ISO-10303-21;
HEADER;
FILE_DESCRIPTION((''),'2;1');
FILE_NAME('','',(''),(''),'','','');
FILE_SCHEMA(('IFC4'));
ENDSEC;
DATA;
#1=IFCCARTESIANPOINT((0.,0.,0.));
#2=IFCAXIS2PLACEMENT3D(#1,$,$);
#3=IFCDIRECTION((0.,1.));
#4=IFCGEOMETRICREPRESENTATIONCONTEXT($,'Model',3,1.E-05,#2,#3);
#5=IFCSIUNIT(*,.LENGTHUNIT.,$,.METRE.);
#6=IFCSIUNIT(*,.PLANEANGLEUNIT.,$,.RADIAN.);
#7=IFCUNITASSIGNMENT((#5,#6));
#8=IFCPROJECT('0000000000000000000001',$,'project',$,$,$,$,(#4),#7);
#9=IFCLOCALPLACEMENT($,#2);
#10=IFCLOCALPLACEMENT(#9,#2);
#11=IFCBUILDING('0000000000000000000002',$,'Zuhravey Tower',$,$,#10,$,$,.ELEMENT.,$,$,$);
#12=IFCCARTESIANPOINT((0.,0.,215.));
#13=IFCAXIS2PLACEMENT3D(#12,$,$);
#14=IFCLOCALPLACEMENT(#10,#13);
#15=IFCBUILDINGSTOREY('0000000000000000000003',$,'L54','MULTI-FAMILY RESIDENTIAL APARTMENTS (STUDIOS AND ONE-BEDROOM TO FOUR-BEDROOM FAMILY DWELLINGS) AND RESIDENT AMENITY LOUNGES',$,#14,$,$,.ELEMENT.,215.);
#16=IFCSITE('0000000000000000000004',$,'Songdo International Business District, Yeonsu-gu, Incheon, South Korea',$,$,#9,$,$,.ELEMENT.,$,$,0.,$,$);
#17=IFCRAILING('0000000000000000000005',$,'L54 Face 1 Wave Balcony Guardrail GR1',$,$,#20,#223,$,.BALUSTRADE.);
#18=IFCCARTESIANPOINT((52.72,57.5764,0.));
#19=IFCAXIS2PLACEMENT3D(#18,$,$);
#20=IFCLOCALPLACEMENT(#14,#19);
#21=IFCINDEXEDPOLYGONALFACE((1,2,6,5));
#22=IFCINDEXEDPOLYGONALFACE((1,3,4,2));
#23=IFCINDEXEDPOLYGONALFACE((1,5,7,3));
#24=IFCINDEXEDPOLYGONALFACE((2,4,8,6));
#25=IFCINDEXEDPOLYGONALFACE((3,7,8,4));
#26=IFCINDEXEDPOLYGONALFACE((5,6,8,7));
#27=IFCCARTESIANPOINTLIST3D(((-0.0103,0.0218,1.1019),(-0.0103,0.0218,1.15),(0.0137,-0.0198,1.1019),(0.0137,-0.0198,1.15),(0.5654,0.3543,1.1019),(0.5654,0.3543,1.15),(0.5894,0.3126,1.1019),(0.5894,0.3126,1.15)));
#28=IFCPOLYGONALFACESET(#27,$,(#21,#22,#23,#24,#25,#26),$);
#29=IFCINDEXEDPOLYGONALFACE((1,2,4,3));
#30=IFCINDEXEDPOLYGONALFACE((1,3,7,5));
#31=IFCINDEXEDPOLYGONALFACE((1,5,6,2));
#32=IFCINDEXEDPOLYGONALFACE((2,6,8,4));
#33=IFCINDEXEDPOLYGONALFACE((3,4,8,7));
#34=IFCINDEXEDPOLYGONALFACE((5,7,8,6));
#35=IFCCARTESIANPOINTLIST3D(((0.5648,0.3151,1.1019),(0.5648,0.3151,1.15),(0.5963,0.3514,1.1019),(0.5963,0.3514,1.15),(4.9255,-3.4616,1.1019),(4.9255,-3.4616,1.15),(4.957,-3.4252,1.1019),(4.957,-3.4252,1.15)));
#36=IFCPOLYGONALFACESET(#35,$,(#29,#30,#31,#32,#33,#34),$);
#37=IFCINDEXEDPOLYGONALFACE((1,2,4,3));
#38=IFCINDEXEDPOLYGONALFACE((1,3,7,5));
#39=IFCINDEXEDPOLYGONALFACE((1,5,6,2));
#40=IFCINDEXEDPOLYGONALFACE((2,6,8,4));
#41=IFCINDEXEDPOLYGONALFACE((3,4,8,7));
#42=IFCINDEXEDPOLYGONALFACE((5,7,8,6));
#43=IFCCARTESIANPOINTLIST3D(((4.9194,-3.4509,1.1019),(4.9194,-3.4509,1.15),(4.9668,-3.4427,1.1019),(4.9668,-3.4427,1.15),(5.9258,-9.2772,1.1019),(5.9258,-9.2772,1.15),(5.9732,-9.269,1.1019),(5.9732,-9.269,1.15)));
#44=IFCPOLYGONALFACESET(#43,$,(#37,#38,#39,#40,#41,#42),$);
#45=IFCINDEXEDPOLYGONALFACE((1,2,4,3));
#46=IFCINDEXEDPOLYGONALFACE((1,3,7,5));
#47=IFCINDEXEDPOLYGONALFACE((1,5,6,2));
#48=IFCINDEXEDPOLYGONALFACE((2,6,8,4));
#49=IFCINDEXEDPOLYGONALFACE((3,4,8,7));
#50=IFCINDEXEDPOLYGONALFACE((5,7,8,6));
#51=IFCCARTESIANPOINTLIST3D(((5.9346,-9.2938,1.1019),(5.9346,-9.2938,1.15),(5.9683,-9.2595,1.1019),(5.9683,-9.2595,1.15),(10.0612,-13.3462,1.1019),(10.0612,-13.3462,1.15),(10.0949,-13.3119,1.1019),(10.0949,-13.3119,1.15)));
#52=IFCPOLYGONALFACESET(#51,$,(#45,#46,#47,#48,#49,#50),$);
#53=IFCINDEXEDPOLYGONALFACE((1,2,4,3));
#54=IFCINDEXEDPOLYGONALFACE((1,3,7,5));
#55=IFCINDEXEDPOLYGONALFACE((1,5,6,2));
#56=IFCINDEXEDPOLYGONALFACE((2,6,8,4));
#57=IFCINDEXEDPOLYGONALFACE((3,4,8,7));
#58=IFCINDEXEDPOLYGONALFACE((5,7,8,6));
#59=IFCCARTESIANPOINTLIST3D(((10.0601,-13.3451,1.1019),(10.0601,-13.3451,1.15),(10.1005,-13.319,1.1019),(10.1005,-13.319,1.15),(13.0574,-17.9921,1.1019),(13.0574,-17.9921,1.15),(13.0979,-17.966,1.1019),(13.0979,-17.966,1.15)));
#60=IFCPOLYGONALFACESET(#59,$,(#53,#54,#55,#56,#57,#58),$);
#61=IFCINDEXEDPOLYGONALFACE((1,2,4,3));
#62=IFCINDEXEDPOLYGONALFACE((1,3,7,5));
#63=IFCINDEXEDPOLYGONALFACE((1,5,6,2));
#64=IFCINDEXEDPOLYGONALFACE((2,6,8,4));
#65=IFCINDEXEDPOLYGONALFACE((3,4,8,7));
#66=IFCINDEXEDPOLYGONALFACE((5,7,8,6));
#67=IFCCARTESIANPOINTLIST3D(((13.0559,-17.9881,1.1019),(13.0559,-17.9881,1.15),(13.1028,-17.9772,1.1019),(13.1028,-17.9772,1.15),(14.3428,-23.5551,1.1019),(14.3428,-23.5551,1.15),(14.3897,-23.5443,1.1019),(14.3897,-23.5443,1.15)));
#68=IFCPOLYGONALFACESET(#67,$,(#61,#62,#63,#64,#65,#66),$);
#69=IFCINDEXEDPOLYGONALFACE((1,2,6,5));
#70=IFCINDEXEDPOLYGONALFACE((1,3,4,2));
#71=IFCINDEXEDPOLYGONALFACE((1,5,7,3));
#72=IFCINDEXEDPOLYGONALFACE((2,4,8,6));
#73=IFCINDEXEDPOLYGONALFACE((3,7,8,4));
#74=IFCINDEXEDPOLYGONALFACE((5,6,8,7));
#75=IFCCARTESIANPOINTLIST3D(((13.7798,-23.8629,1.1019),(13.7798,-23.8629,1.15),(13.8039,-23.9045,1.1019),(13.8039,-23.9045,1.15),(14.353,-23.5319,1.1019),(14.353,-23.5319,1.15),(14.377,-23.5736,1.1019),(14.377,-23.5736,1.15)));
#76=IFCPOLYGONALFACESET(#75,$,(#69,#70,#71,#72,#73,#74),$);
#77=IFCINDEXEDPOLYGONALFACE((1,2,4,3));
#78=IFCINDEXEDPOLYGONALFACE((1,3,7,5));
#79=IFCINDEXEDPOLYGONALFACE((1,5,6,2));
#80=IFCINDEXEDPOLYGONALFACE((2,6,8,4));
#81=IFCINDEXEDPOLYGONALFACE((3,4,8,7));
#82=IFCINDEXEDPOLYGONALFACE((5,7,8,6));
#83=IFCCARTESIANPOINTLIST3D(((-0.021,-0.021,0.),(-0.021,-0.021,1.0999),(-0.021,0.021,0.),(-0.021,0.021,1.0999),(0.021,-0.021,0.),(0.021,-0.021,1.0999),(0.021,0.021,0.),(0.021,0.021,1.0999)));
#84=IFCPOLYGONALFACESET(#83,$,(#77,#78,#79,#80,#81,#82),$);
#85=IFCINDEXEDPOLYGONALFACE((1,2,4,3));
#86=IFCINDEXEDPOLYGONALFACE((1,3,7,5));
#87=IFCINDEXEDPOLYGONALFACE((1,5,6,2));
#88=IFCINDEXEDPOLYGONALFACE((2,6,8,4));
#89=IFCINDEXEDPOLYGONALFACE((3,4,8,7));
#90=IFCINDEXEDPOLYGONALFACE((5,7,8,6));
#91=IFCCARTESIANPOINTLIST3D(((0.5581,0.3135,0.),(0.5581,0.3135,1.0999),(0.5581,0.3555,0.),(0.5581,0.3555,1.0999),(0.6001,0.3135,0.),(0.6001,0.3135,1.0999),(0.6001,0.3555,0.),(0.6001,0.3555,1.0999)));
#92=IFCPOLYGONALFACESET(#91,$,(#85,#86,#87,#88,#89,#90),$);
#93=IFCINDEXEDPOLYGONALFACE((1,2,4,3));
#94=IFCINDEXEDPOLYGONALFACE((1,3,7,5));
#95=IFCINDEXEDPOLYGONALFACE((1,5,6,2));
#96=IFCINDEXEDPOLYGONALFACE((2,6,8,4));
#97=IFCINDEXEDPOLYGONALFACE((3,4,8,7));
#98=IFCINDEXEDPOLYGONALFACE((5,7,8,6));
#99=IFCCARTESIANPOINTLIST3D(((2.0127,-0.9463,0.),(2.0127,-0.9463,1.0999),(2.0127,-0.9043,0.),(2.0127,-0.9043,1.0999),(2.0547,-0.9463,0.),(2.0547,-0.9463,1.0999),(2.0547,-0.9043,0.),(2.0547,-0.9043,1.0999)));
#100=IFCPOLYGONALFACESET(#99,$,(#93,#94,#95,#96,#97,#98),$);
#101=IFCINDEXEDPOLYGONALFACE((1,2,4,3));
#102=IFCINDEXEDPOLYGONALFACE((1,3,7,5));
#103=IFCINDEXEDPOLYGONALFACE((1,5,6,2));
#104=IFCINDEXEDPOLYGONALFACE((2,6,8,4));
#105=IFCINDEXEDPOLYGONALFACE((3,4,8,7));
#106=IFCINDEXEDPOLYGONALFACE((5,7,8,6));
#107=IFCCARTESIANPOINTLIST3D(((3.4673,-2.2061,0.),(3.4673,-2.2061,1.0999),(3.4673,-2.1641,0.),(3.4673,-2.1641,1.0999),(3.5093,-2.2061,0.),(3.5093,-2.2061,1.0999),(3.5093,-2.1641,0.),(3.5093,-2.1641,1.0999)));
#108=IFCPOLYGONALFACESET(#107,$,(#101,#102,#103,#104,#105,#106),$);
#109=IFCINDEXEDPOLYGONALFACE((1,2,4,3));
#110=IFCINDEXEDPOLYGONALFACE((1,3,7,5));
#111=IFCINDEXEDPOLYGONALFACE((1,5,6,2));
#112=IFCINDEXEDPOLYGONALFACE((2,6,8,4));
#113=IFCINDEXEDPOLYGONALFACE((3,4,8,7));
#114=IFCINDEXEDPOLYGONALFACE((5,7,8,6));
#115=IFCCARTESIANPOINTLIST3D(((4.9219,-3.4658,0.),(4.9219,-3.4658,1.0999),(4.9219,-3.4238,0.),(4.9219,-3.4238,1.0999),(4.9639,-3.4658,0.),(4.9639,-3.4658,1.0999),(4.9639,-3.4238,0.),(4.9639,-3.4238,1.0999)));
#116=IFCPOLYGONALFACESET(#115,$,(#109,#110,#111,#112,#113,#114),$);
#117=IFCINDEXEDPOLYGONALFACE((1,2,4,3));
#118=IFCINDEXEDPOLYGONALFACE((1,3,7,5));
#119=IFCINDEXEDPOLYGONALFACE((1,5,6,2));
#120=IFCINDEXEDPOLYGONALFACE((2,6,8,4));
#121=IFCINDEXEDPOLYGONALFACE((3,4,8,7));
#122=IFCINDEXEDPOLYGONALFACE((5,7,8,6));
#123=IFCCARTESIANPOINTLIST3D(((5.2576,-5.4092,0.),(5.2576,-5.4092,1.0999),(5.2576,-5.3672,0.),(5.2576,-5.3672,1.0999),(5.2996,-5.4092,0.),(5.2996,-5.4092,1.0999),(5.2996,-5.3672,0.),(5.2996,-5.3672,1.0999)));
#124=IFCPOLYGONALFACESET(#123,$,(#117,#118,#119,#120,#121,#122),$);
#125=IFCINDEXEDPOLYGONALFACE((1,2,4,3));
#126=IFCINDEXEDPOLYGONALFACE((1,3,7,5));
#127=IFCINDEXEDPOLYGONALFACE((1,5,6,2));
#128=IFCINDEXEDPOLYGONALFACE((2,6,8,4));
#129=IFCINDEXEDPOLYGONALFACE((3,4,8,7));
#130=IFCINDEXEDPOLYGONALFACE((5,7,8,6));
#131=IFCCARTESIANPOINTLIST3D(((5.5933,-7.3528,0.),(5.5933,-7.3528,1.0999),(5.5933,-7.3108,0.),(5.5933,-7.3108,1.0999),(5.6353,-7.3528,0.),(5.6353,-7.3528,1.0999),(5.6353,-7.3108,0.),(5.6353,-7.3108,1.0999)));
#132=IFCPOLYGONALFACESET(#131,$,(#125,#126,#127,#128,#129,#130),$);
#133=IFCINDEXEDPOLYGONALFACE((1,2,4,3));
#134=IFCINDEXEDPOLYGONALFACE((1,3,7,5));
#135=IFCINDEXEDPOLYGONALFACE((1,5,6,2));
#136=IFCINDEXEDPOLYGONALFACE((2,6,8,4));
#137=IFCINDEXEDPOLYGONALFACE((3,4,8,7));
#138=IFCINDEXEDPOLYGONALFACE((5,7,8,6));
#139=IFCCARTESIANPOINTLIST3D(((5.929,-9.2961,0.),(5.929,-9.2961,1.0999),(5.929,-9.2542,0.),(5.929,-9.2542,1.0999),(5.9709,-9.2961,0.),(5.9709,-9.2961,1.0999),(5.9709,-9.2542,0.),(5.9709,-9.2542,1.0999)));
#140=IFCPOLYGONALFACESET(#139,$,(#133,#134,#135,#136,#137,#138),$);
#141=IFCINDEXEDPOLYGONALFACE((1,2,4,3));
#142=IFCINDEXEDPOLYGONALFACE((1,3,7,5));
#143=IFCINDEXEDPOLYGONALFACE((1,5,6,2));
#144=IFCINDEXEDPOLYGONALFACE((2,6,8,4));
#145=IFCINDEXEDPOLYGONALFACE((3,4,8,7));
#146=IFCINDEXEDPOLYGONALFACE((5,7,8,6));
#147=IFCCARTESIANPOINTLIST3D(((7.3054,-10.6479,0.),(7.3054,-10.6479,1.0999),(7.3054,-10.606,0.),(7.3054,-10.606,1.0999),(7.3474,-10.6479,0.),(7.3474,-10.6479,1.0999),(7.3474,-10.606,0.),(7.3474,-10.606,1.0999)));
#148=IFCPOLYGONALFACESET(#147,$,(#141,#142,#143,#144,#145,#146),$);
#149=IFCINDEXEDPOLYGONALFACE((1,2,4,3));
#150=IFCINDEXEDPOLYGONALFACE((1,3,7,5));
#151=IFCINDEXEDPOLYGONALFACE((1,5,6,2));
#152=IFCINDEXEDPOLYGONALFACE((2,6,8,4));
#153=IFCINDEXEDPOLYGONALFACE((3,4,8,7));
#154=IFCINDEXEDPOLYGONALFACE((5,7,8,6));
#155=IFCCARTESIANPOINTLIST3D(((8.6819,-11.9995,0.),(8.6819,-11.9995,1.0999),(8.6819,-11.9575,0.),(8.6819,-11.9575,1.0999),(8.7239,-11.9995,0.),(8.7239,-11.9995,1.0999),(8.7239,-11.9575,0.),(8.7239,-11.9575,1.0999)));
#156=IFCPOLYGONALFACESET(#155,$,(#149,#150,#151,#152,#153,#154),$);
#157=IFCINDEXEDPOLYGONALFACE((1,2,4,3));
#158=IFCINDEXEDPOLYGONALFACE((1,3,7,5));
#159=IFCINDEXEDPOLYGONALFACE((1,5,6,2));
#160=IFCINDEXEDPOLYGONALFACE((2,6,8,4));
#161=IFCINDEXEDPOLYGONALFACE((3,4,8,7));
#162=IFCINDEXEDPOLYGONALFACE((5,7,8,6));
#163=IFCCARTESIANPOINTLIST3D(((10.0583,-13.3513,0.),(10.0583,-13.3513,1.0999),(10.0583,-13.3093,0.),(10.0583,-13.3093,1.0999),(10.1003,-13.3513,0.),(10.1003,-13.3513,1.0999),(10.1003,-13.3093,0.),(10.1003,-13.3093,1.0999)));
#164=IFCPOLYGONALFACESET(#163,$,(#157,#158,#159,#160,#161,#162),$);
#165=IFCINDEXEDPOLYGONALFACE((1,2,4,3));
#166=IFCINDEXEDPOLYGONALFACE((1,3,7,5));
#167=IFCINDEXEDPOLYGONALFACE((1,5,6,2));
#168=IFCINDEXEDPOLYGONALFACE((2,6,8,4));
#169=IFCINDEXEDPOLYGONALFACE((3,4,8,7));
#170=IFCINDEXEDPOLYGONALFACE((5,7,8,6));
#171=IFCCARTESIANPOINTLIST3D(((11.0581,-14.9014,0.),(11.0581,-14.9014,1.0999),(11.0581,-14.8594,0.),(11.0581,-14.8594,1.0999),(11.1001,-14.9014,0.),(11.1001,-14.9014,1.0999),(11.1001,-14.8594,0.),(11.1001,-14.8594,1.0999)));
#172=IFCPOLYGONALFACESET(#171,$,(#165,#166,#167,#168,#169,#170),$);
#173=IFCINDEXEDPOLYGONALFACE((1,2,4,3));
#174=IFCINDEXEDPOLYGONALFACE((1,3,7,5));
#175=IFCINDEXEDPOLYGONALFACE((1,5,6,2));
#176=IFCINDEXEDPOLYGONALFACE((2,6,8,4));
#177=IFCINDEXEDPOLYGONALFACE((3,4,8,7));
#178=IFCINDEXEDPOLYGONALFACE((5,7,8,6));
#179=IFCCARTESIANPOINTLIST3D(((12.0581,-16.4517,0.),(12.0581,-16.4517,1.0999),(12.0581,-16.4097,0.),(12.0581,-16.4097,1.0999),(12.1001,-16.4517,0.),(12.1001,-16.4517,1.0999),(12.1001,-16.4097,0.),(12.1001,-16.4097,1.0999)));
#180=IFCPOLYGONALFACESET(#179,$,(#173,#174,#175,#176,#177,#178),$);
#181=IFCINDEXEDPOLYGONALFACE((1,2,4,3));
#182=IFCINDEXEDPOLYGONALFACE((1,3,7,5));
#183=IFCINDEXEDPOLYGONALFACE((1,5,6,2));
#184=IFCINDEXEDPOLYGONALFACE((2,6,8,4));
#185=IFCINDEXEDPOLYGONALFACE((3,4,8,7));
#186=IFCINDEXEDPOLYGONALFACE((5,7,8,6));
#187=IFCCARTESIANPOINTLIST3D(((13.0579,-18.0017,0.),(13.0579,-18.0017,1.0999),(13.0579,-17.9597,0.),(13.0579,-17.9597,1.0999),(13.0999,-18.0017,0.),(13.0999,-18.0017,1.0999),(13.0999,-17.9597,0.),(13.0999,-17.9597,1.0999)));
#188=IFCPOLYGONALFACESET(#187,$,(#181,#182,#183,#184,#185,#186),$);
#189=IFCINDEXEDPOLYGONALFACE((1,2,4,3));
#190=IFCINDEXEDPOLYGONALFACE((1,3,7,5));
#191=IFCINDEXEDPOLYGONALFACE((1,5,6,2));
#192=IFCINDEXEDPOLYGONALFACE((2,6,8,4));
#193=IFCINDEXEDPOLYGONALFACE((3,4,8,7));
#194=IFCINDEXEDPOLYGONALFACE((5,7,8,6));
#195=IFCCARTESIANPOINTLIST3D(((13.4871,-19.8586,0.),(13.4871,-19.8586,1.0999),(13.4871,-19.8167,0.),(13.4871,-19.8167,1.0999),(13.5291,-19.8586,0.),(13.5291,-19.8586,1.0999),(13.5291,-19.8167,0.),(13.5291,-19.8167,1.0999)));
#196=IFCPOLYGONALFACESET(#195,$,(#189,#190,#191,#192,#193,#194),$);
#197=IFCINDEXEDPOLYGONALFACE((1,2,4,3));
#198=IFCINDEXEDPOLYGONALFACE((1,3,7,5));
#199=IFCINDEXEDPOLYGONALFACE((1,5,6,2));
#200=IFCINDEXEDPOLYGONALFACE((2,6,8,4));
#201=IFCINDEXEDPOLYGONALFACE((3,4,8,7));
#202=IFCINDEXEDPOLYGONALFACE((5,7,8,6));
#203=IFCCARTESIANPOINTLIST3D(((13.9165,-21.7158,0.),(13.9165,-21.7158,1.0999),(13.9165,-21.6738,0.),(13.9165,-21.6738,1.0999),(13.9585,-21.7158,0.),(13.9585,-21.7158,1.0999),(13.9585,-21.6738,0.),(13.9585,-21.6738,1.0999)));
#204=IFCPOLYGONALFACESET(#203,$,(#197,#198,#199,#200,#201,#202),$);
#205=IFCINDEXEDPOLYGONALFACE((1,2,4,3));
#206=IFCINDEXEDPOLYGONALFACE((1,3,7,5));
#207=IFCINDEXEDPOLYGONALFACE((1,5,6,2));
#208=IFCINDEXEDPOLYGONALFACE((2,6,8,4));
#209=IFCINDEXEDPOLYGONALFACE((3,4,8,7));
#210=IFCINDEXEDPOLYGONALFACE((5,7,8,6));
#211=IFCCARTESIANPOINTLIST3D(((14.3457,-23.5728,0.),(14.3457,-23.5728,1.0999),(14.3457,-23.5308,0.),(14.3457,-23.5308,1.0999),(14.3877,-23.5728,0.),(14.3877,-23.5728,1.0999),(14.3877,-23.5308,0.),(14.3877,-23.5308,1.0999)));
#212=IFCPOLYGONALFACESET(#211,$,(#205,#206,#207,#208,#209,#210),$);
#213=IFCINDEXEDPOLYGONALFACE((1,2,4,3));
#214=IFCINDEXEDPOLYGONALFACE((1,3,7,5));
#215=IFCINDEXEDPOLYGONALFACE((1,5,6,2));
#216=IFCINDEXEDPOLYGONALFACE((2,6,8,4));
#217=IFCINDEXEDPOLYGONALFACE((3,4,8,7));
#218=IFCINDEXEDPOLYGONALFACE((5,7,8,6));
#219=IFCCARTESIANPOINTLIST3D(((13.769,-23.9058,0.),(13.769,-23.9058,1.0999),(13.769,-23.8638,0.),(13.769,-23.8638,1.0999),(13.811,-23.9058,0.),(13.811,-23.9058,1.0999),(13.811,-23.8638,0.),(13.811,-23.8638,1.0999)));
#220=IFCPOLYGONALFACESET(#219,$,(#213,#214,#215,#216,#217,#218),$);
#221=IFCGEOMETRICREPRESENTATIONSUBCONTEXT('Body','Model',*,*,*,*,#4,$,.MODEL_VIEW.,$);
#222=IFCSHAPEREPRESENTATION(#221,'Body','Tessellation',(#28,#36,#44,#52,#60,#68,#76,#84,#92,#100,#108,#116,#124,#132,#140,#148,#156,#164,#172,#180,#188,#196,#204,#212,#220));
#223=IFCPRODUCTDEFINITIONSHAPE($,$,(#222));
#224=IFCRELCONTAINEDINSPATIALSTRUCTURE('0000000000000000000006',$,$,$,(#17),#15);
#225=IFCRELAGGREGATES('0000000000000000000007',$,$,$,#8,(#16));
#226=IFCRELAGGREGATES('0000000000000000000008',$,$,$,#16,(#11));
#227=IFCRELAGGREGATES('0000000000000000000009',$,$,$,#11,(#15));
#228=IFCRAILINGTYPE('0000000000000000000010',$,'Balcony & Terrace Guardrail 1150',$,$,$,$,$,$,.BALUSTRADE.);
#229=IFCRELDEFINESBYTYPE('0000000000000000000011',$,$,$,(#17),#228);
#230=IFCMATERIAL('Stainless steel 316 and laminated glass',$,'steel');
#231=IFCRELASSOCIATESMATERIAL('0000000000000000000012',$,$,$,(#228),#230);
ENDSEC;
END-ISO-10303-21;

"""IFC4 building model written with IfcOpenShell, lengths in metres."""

from ifc_helpers import new_model, si_unit, direction, frame, origin, origin_2d, place, context, subcontext, project, spatial, rectangle, extrude, material, type_object, element, save


model = new_model("IFC4")

# Units and contexts
model_context = context("Model", 3, precision=1e-05, world=origin(), true_north=direction((0.0, 1.0)))
body_context = subcontext(model_context, "Body", "Model", "MODEL_VIEW")
ifc_project = project(units=[si_unit("LENGTHUNIT", "METRE"), si_unit("PLANEANGLEUNIT", "RADIAN")], contexts=[model_context])

# Site, building, storey
site_placement = place(None, origin())
site = spatial("IfcSite", under=ifc_project, at=site_placement, Name="Songdo International Business District, Yeonsu-gu, Incheon, South Korea", CompositionType="ELEMENT", RefElevation=0.0)
building_placement = place(site_placement, origin())
building = spatial("IfcBuilding", under=site, at=building_placement, Name="Zuhravey Tower", CompositionType="ELEMENT")
storey_placement = place(building_placement, frame((0.0, 0.0, 215.0)))
storey = spatial("IfcBuildingStorey", under=building, at=storey_placement, Name="L54", Description="MULTI-FAMILY RESIDENTIAL APARTMENTS (STUDIOS AND ONE-BEDROOM TO FOUR-BEDROOM FAMILY DWELLINGS) AND RESIDENT AMENITY LOUNGES", CompositionType="ELEMENT", Elevation=215.0)

# Railing
ifc_material_1 = material(Name="Stainless steel 316 and laminated glass", Category="steel")
railing_type = type_object("IfcRailingType", Name="Balcony & Terrace Guardrail 1150", PredefinedType="BALUSTRADE", material=ifc_material_1)
railing_placement = place(storey_placement, frame((52.72, 57.5764, 0.0)))
element("IfcRailing", 1, at=railing_placement, inside=storey, type_object=railing_type, Name="L54 Face 1 Wave Balcony Guardrail GR1", PredefinedType="BALUSTRADE", context=body_context, shape_type="SweptSolid", body=[
    extrude(rectangle(XDim=0.0481, YDim=0.0481, at=origin_2d()), frame((0.0017, 0.001, 1.126), z_axis=(0.865942, 0.500144, 0.0), x_axis=(-0.500144, 0.865942, 0.0)), (0.0, 0.0, 1.0), 0.6648),
    extrude(rectangle(XDim=0.0481, YDim=0.0481, at=origin_2d()), frame((0.5806, 0.3333, 1.126), z_axis=(0.755915, -0.65467, 0.0), x_axis=(0.65467, 0.755915, 0.0)), (0.0, 0.0, 1.0), 5.7688),
    extrude(rectangle(XDim=0.0481, YDim=0.0481, at=origin_2d()), frame((4.9431, -3.4468, 1.126), z_axis=(0.170211, -0.985408, 0.0), x_axis=(0.985408, 0.170211, 0.0)), (0.0, 0.0, 1.0), 5.9126),
    extrude(rectangle(XDim=0.0481, YDim=0.0481, at=origin_2d()), frame((5.9514, -9.2766, 1.126), z_axis=(0.71349, -0.700666, 0.0), x_axis=(0.700666, 0.71349, 0.0)), (0.0, 0.0, 1.0), 5.7837),
    extrude(rectangle(XDim=0.0481, YDim=0.0481, at=origin_2d()), frame((10.0803, -13.332, 1.126), z_axis=(0.542032, -0.840358, 0.0), x_axis=(0.840358, 0.542032, 0.0)), (0.0, 0.0, 1.0), 5.5298),
    extrude(rectangle(XDim=0.0481, YDim=0.0481, at=origin_2d()), frame((13.0793, -17.9827, 1.126), z_axis=(0.225227, -0.974306, 0.0), x_axis=(0.974306, 0.225227, 0.0)), (0.0, 0.0, 1.0), 5.7139),
    extrude(rectangle(XDim=0.0481, YDim=0.0481, at=origin_2d()), frame((14.365, -23.5527, 1.126), z_axis=(-0.865978, -0.500082, 0.0), x_axis=(0.500082, -0.865978, 0.0)), (0.0, 0.0, 1.0), 0.6619),
    extrude(rectangle(XDim=0.042, YDim=0.042, at=origin_2d()), origin(), (0.0, 0.0, 1.0), 1.0999),
    extrude(rectangle(XDim=0.042, YDim=0.042, at=origin_2d()), frame((0.5791, 0.3345, 0.0)), (0.0, 0.0, 1.0), 1.0999),
    extrude(rectangle(XDim=0.042, YDim=0.042, at=origin_2d()), frame((2.0337, -0.9253, 0.0)), (0.0, 0.0, 1.0), 1.0999),
    extrude(rectangle(XDim=0.042, YDim=0.042, at=origin_2d()), frame((3.4883, -2.1851, 0.0)), (0.0, 0.0, 1.0), 1.0999),
    extrude(rectangle(XDim=0.042, YDim=0.042, at=origin_2d()), frame((4.9429, -3.4448, 0.0)), (0.0, 0.0, 1.0), 1.0999),
    extrude(rectangle(XDim=0.042, YDim=0.042, at=origin_2d()), frame((5.2786, -5.3882, 0.0)), (0.0, 0.0, 1.0), 1.0999),
    extrude(rectangle(XDim=0.042, YDim=0.042, at=origin_2d()), frame((5.6143, -7.3318, 0.0)), (0.0, 0.0, 1.0), 1.0999),
    extrude(rectangle(XDim=0.042, YDim=0.042, at=origin_2d()), frame((5.95, -9.2751, 0.0)), (0.0, 0.0, 1.0), 1.0999),
    extrude(rectangle(XDim=0.042, YDim=0.042, at=origin_2d()), frame((7.3264, -10.627, 0.0)), (0.0, 0.0, 1.0), 1.0999),
    extrude(rectangle(XDim=0.042, YDim=0.042, at=origin_2d()), frame((8.7029, -11.9785, 0.0)), (0.0, 0.0, 1.0), 1.0999),
    extrude(rectangle(XDim=0.042, YDim=0.042, at=origin_2d()), frame((10.0793, -13.3303, 0.0)), (0.0, 0.0, 1.0), 1.0999),
    extrude(rectangle(XDim=0.042, YDim=0.042, at=origin_2d()), frame((11.0791, -14.8804, 0.0)), (0.0, 0.0, 1.0), 1.0999),
    extrude(rectangle(XDim=0.042, YDim=0.042, at=origin_2d()), frame((12.0791, -16.4307, 0.0)), (0.0, 0.0, 1.0), 1.0999),
    extrude(rectangle(XDim=0.042, YDim=0.042, at=origin_2d()), frame((13.0789, -17.9807, 0.0)), (0.0, 0.0, 1.0), 1.0999),
    extrude(rectangle(XDim=0.042, YDim=0.042, at=origin_2d()), frame((13.5081, -19.8376, 0.0)), (0.0, 0.0, 1.0), 1.0999),
    extrude(rectangle(XDim=0.042, YDim=0.042, at=origin_2d()), frame((13.9375, -21.6948, 0.0)), (0.0, 0.0, 1.0), 1.0999),
    extrude(rectangle(XDim=0.042, YDim=0.042, at=origin_2d()), frame((14.3667, -23.5518, 0.0)), (0.0, 0.0, 1.0), 1.0999),
    extrude(rectangle(XDim=0.042, YDim=0.042, at=origin_2d()), frame((13.79, -23.8848, 0.0)), (0.0, 0.0, 1.0), 1.0999),
])

save(model, "model.ifc")
